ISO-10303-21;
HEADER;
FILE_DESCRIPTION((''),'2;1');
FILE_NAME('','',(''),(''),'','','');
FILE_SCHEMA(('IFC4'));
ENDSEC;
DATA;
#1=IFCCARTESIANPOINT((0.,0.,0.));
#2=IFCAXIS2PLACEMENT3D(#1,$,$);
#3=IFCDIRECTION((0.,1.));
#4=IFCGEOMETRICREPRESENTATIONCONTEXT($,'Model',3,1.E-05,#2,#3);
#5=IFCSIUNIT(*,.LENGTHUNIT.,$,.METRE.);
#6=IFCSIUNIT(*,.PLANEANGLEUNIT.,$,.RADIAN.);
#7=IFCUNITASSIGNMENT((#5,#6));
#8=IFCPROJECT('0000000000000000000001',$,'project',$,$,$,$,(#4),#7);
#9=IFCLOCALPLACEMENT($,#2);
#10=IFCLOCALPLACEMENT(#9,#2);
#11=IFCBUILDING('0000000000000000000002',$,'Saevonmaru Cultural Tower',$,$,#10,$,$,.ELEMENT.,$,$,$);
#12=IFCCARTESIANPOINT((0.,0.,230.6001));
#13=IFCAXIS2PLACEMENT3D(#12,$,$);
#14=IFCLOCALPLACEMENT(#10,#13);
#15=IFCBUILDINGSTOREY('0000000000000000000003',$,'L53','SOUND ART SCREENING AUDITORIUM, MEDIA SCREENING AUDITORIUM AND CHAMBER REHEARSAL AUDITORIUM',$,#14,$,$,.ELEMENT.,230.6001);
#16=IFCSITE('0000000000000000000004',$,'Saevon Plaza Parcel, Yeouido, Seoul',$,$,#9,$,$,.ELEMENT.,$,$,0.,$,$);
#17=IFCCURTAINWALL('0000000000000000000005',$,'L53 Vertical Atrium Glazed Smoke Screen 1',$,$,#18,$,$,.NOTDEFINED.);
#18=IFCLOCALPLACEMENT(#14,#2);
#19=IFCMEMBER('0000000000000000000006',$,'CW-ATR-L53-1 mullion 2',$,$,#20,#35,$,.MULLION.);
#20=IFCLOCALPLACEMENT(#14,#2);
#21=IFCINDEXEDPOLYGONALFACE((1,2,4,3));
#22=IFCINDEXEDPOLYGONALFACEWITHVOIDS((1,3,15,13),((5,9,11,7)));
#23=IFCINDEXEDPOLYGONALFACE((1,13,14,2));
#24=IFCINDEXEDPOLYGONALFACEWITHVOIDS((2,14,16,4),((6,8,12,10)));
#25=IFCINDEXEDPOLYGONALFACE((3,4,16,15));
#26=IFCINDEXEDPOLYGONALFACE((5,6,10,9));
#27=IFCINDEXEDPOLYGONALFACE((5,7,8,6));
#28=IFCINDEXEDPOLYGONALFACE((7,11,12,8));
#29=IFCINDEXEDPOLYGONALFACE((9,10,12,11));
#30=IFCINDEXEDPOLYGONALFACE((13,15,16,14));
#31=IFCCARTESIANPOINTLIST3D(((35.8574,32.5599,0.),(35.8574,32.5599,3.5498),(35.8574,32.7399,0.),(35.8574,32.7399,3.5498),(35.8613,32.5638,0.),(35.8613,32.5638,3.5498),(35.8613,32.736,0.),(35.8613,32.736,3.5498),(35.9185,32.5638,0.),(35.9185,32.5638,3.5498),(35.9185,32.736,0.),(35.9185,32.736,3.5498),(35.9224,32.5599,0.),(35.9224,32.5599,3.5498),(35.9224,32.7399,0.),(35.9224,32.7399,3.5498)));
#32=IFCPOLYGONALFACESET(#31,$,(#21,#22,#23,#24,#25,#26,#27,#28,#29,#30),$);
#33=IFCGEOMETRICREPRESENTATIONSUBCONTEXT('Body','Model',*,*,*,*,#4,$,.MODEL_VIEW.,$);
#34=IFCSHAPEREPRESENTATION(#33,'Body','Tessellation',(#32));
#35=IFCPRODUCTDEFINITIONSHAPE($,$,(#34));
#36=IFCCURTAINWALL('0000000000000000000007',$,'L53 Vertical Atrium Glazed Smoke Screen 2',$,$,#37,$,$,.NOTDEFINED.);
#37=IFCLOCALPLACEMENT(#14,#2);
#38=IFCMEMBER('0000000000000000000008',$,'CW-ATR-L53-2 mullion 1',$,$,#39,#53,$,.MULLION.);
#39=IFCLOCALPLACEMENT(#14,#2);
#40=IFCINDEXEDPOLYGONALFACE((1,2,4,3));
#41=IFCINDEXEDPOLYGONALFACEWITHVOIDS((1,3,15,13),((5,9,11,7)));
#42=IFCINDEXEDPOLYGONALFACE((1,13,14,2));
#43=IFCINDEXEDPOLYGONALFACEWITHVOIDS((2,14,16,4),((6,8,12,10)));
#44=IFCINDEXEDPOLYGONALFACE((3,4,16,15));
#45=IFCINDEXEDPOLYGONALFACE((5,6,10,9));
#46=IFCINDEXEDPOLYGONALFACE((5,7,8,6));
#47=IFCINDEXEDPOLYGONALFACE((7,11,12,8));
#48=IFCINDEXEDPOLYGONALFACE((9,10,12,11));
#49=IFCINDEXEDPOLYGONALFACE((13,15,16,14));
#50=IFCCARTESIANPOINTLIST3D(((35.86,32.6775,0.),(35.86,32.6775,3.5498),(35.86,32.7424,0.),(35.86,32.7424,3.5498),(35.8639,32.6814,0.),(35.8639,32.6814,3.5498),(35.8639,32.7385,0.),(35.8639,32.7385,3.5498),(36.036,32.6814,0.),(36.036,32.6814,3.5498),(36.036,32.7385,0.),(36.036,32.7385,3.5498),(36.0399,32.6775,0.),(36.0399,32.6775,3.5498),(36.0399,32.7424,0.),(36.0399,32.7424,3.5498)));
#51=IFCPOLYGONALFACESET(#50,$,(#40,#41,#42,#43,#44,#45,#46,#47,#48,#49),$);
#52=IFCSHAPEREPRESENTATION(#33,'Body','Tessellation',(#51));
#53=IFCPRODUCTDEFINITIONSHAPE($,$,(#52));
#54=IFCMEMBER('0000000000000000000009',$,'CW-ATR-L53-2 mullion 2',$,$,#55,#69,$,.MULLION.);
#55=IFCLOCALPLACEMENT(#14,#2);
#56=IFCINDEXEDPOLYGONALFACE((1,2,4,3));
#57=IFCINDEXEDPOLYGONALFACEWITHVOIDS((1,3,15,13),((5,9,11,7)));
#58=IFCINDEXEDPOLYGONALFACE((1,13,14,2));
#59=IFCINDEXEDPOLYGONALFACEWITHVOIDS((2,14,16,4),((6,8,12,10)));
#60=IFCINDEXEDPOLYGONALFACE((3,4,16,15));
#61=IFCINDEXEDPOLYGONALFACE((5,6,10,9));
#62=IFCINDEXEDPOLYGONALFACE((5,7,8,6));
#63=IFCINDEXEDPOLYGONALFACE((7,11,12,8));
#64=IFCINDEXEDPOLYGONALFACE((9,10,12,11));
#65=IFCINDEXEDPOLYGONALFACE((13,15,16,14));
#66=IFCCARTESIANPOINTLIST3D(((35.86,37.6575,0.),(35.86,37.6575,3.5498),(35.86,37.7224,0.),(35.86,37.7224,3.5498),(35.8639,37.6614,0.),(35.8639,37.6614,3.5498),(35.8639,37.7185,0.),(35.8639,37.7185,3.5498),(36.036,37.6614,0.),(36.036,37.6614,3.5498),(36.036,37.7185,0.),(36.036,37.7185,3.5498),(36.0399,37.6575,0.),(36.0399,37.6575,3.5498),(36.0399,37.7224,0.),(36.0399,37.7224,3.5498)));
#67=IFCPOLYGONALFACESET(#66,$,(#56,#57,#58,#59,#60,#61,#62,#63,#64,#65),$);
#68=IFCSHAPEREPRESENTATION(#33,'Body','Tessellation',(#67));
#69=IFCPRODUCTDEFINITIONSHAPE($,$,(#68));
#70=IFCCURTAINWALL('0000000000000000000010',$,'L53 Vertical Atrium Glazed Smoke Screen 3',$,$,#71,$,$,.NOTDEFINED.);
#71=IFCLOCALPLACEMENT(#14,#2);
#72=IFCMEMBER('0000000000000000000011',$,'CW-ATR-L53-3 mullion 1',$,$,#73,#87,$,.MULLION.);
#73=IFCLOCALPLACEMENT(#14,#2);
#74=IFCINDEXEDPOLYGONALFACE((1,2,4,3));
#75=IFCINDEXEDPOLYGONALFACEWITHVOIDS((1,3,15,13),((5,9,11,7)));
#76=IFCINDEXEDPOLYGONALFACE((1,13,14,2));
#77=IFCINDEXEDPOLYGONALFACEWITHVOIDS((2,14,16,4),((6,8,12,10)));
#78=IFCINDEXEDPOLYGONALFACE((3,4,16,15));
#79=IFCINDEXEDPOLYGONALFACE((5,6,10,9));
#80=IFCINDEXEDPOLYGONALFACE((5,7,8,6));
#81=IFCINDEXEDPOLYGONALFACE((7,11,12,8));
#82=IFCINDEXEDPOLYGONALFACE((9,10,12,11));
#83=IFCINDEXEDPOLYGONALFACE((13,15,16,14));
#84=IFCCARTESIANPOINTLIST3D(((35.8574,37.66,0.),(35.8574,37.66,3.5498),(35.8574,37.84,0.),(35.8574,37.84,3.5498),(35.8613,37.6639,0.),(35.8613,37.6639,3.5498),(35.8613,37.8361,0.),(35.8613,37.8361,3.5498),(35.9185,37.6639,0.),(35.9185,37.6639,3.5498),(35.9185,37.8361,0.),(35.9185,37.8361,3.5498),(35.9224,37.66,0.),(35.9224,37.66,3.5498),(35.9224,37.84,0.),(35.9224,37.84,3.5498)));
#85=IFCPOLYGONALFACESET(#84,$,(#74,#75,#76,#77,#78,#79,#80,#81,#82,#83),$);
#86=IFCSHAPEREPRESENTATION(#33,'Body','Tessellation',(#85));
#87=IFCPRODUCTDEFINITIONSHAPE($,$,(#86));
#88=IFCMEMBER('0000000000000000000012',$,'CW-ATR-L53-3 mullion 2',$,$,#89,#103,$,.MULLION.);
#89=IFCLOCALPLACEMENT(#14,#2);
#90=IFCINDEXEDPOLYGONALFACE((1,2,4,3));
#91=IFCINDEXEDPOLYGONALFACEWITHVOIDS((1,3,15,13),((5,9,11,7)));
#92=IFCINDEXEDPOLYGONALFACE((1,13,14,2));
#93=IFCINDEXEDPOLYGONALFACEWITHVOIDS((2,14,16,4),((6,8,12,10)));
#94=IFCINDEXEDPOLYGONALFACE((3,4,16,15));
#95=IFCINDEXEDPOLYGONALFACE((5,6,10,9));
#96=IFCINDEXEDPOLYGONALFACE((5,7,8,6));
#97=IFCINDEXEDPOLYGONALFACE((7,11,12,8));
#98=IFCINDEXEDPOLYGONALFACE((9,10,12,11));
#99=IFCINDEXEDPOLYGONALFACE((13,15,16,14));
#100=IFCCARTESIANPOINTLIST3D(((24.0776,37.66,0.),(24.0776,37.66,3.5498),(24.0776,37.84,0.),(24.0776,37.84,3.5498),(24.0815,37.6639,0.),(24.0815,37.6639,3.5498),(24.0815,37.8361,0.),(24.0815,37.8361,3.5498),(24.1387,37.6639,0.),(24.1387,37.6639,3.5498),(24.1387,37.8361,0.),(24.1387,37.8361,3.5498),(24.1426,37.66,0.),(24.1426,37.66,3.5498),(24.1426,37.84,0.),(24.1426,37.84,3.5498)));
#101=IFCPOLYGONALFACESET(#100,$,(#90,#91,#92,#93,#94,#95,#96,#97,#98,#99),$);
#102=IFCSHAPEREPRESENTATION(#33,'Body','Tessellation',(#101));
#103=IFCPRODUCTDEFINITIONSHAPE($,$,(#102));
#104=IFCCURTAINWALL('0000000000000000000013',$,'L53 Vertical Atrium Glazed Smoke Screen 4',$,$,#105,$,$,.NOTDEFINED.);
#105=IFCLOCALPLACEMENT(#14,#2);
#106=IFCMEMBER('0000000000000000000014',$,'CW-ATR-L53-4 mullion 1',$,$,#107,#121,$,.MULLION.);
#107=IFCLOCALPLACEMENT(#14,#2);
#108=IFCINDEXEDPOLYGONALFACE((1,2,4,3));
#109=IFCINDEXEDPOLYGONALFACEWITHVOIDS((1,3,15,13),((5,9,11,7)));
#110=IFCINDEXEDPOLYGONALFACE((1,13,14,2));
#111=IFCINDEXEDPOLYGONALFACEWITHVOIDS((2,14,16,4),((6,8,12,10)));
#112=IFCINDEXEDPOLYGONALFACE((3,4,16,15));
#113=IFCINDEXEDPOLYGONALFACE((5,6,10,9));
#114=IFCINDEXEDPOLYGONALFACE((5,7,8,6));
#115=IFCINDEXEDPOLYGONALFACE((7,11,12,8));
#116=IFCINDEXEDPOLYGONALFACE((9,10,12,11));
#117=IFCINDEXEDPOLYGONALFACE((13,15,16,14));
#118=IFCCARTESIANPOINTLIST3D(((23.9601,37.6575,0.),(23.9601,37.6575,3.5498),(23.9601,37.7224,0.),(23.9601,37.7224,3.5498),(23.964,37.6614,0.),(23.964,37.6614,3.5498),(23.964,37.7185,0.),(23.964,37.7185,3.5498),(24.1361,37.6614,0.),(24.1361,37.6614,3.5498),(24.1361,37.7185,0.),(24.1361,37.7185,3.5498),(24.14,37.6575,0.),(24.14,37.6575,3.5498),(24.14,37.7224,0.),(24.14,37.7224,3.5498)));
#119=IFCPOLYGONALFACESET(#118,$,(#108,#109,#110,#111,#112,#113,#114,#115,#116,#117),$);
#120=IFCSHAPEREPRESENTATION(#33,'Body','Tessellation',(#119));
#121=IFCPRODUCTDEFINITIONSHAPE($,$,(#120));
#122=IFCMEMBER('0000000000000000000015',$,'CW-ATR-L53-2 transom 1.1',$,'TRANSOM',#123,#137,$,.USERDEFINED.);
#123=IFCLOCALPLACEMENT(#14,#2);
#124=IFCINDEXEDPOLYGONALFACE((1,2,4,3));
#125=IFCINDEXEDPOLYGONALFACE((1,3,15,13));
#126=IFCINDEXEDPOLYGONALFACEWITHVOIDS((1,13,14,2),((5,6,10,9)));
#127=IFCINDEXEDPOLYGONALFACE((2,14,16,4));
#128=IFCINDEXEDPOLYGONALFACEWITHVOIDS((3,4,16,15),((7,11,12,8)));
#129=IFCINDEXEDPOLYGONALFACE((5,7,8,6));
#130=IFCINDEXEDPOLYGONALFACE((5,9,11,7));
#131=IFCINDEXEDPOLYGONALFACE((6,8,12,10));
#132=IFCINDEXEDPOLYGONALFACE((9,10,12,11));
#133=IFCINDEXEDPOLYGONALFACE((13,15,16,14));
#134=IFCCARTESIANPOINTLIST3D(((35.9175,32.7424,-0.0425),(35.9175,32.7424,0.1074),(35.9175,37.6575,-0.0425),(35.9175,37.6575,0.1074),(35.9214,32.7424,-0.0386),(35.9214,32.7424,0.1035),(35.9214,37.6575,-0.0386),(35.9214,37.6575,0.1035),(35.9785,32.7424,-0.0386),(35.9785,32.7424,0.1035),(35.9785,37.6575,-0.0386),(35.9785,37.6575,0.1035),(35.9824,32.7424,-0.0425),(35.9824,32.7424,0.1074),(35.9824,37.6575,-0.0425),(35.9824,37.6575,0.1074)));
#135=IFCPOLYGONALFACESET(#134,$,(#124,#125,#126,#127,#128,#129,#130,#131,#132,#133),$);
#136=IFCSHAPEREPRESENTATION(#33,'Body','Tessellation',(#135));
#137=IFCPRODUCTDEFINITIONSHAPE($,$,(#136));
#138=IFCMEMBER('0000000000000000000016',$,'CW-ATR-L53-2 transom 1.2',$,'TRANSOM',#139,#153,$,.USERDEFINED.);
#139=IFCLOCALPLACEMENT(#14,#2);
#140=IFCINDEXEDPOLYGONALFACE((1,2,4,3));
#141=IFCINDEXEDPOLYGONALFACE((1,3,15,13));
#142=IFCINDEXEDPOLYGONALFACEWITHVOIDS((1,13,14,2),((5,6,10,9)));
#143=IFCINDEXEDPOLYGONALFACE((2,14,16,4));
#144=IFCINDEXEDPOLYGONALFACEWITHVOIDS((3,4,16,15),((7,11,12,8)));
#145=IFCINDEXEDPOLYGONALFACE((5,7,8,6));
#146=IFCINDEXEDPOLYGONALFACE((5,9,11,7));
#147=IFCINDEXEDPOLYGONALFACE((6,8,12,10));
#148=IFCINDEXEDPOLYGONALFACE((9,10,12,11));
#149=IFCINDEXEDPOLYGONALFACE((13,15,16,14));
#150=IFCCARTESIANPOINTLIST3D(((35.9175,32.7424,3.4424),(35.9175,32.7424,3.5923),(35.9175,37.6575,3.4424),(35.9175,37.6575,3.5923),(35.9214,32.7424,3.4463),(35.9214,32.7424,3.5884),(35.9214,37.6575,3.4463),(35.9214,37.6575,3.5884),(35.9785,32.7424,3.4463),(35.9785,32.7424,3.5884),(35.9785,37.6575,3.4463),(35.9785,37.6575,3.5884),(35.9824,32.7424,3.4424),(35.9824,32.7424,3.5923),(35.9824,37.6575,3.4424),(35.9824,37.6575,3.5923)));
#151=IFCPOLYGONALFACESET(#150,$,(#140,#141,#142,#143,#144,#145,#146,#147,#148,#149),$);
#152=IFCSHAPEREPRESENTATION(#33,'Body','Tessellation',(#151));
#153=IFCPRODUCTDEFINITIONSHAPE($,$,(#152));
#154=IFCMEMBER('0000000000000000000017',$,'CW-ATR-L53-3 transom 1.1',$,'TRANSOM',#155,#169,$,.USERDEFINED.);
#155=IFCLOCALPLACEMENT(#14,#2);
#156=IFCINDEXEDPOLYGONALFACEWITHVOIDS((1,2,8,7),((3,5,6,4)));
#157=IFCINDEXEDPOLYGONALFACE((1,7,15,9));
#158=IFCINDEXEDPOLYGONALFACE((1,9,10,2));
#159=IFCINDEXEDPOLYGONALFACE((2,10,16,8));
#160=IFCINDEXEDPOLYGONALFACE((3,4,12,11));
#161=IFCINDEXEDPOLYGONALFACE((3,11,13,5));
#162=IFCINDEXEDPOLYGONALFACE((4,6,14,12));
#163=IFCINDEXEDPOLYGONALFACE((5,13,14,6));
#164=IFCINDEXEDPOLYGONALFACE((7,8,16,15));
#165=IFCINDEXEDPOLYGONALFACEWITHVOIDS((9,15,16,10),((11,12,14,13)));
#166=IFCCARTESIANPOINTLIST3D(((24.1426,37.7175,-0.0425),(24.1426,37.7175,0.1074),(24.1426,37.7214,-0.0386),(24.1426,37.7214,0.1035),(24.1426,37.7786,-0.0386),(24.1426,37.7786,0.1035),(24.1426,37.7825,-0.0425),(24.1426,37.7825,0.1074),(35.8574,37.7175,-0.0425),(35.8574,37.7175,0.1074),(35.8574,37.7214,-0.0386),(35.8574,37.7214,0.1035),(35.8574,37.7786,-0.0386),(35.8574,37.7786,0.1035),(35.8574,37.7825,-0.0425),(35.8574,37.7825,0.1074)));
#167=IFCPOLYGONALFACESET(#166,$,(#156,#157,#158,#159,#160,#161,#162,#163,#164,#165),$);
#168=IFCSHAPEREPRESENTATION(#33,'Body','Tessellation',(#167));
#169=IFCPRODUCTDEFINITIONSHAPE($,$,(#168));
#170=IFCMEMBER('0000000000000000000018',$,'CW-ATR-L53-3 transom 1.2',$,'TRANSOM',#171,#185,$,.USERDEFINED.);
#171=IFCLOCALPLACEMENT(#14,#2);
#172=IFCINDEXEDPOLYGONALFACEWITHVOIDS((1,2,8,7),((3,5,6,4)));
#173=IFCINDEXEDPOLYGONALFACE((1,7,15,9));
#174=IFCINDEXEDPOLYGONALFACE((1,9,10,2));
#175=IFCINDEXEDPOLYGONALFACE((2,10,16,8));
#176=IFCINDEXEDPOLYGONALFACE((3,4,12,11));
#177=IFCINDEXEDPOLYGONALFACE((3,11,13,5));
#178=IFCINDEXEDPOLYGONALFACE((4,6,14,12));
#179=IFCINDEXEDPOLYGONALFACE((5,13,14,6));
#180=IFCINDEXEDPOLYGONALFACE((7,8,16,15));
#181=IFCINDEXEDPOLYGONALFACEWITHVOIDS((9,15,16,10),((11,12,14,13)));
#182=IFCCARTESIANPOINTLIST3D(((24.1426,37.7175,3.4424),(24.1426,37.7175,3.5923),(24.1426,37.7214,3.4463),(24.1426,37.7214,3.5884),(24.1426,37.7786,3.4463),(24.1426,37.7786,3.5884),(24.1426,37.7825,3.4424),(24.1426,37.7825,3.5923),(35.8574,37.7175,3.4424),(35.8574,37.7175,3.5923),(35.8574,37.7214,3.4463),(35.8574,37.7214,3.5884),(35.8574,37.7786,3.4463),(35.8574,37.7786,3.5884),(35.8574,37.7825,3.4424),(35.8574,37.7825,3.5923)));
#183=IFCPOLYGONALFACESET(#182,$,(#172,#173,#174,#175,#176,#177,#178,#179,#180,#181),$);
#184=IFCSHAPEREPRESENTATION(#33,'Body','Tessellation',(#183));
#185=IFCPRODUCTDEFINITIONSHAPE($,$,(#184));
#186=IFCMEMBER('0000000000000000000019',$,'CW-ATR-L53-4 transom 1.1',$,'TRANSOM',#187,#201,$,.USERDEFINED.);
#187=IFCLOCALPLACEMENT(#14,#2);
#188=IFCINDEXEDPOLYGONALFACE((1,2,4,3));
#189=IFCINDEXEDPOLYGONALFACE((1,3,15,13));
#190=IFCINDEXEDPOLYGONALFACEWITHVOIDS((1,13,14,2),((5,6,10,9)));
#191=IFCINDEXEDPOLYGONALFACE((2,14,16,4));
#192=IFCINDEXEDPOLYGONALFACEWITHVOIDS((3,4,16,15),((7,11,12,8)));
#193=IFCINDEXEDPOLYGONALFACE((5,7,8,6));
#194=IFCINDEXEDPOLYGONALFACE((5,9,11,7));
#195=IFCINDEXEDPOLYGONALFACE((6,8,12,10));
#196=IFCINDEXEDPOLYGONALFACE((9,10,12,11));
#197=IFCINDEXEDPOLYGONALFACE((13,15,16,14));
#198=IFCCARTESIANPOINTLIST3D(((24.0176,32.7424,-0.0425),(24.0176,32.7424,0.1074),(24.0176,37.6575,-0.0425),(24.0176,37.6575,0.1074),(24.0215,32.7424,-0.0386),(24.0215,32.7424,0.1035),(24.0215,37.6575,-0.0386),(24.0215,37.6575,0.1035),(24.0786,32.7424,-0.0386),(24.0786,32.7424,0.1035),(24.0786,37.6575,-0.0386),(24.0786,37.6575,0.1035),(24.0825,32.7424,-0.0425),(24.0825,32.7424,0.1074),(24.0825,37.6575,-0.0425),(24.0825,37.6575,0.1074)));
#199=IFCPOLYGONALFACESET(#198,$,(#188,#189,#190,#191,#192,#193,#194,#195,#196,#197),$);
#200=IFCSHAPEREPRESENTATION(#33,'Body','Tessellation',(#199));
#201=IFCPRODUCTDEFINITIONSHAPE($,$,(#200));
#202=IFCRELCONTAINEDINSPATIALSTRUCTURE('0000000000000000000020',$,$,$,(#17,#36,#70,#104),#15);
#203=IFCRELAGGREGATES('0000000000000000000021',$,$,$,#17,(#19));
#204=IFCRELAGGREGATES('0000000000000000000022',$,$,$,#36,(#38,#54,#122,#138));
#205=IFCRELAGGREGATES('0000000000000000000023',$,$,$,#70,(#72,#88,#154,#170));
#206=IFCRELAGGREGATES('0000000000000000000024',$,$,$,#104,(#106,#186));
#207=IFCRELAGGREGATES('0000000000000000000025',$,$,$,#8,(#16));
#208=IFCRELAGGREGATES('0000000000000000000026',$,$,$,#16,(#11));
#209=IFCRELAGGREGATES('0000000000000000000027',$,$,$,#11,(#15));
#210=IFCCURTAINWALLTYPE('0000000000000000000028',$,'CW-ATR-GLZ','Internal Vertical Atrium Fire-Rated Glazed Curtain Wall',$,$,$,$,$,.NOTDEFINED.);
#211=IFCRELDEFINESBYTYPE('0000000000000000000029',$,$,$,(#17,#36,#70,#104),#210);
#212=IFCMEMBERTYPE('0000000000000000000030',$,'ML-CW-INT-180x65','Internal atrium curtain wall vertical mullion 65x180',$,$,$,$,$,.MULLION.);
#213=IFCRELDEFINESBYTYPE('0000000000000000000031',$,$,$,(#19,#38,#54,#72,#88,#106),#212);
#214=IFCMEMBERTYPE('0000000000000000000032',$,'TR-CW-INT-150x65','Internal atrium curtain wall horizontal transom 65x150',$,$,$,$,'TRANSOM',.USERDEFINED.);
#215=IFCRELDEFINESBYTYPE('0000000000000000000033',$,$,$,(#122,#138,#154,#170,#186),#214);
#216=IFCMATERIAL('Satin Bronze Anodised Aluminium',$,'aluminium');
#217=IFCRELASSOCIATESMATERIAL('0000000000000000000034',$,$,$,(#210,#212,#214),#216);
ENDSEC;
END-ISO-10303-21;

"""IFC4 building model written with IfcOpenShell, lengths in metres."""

from ifc_helpers import new_model, si_unit, direction, frame, origin, origin_2d, place, context, subcontext, project, spatial, hollow_rectangle, extrude, material, material_profile, profile_set, type_object, element, aggregate, save


model = new_model("IFC4")

# Units and contexts
model_context = context("Model", 3, precision=1e-05, world=origin(), true_north=direction((0.0, 1.0)))
body_context = subcontext(model_context, "Body", "Model", "MODEL_VIEW")
ifc_project = project(units=[si_unit("LENGTHUNIT", "METRE"), si_unit("PLANEANGLEUNIT", "RADIAN")], contexts=[model_context])

# Site, building, storey
site_placement = place(None, origin())
site = spatial("IfcSite", under=ifc_project, at=site_placement, Name="Saevon Plaza Parcel, Yeouido, Seoul", CompositionType="ELEMENT", RefElevation=0.0)
building_placement = place(site_placement, origin())
building = spatial("IfcBuilding", under=site, at=building_placement, Name="Saevonmaru Cultural Tower", CompositionType="ELEMENT")
storey_placement = place(building_placement, frame((0.0, 0.0, 230.6001)))
storey = spatial("IfcBuildingStorey", under=building, at=storey_placement, Name="L53", Description="SOUND ART SCREENING AUDITORIUM, MEDIA SCREENING AUDITORIUM AND CHAMBER REHEARSAL AUDITORIUM", CompositionType="ELEMENT", Elevation=230.6001)

# Curtain wall, member
ifc_material_1 = material(Name="Satin Bronze Anodised Aluminium", Category="aluminium")
curtain_wall_type = type_object("IfcCurtainWallType", Name="CW-ATR-GLZ", Description="Internal Vertical Atrium Fire-Rated Glazed Curtain Wall", PredefinedType="NOTDEFINED", material=ifc_material_1)
curtain_wall_1_placement = place(storey_placement, origin())
curtain_wall_1 = element("IfcCurtainWall", 1, at=curtain_wall_1_placement, inside=storey, type_object=curtain_wall_type, Name="L53 Vertical Atrium Glazed Smoke Screen 1", PredefinedType="NOTDEFINED")
ifc_material_profile_1 = material_profile(ifc_material_1, hollow_rectangle(XDim=0.0649, YDim=0.1799, WallThickness=0.0039, at=origin_2d()), Name="ALU-MULL-180x65x4")
ifc_profile_set_1 = profile_set([ifc_material_profile_1], Name="Satin Bronze Anodised Aluminium")
member_type_1 = type_object("IfcMemberType", Name="ML-CW-INT-180x65", Description="Internal atrium curtain wall vertical mullion 65x180", PredefinedType="MULLION", material=ifc_profile_set_1)
member_1_placement = place(storey_placement, frame((35.8899, 32.6499, 0.0), z_axis=(0.0, 0.0, 1.0), x_axis=(1.0, 0.0, 0.0)))
member_1 = element("IfcMember", 2, at=member_1_placement, type_object=member_type_1, Name="CW-ATR-L53-1 mullion 2", PredefinedType="MULLION", context=body_context, shape_type="SweptSolid", body=[
    extrude(hollow_rectangle(XDim=0.0649, YDim=0.1799, WallThickness=0.0039, at=origin_2d()), origin(), (0.0, 0.0, 1.0), 3.5498),
])

# Curtain walls, members
curtain_wall_2_placement = place(storey_placement, origin())
curtain_wall_2 = element("IfcCurtainWall", 3, at=curtain_wall_2_placement, inside=storey, type_object=curtain_wall_type, Name="L53 Vertical Atrium Glazed Smoke Screen 2", PredefinedType="NOTDEFINED")
member_2_placement = place(storey_placement, frame((35.95, 32.71, 0.0), z_axis=(0.0, 0.0, 1.0), x_axis=(0.0, 1.0, 0.0)))
member_2 = element("IfcMember", 4, at=member_2_placement, type_object=member_type_1, Name="CW-ATR-L53-2 mullion 1", PredefinedType="MULLION", context=body_context, shape_type="SweptSolid", body=[
    extrude(hollow_rectangle(XDim=0.0649, YDim=0.1799, WallThickness=0.0039, at=origin_2d()), origin(), (0.0, 0.0, 1.0), 3.5498),
])
member_3_placement = place(storey_placement, frame((35.95, 37.6899, 0.0), z_axis=(0.0, 0.0, 1.0), x_axis=(0.0, 1.0, 0.0)))
member_3 = element("IfcMember", 5, at=member_3_placement, type_object=member_type_1, Name="CW-ATR-L53-2 mullion 2", PredefinedType="MULLION", context=body_context, shape_type="SweptSolid", body=[
    extrude(hollow_rectangle(XDim=0.0649, YDim=0.1799, WallThickness=0.0039, at=origin_2d()), origin(), (0.0, 0.0, 1.0), 3.5498),
])
curtain_wall_3_placement = place(storey_placement, origin())
curtain_wall_3 = element("IfcCurtainWall", 6, at=curtain_wall_3_placement, inside=storey, type_object=curtain_wall_type, Name="L53 Vertical Atrium Glazed Smoke Screen 3", PredefinedType="NOTDEFINED")
member_4_placement = place(storey_placement, frame((35.8899, 37.75, 0.0), z_axis=(0.0, 0.0, 1.0), x_axis=(-1.0, 0.0, 0.0)))
member_4 = element("IfcMember", 7, at=member_4_placement, type_object=member_type_1, Name="CW-ATR-L53-3 mullion 1", PredefinedType="MULLION", context=body_context, shape_type="SweptSolid", body=[
    extrude(hollow_rectangle(XDim=0.0649, YDim=0.1799, WallThickness=0.0039, at=origin_2d()), origin(), (0.0, 0.0, 1.0), 3.5498),
])
member_5_placement = place(storey_placement, frame((24.1101, 37.75, 0.0), z_axis=(0.0, 0.0, 1.0), x_axis=(-1.0, 0.0, 0.0)))
member_5 = element("IfcMember", 8, at=member_5_placement, type_object=member_type_1, Name="CW-ATR-L53-3 mullion 2", PredefinedType="MULLION", context=body_context, shape_type="SweptSolid", body=[
    extrude(hollow_rectangle(XDim=0.0649, YDim=0.1799, WallThickness=0.0039, at=origin_2d()), origin(), (0.0, 0.0, 1.0), 3.5498),
])

# Curtain wall, member
curtain_wall_4_placement = place(storey_placement, origin())
curtain_wall_4 = element("IfcCurtainWall", 9, at=curtain_wall_4_placement, inside=storey, type_object=curtain_wall_type, Name="L53 Vertical Atrium Glazed Smoke Screen 4", PredefinedType="NOTDEFINED")
member_6_placement = place(storey_placement, frame((24.05, 37.6899, 0.0), z_axis=(0.0, 0.0, 1.0), x_axis=(0.0, -1.0, 0.0)))
member_6 = element("IfcMember", 10, at=member_6_placement, type_object=member_type_1, Name="CW-ATR-L53-4 mullion 1", PredefinedType="MULLION", context=body_context, shape_type="SweptSolid", body=[
    extrude(hollow_rectangle(XDim=0.0649, YDim=0.1799, WallThickness=0.0039, at=origin_2d()), origin(), (0.0, 0.0, 1.0), 3.5498),
])

# Members
ifc_material_profile_2 = material_profile(ifc_material_1, hollow_rectangle(XDim=0.0649, YDim=0.1499, WallThickness=0.0039, at=origin_2d()), Name="ALU-TRAN-150x65x4")
ifc_profile_set_2 = profile_set([ifc_material_profile_2], Name="Satin Bronze Anodised Aluminium")
member_type_2 = type_object("IfcMemberType", Name="TR-CW-INT-150x65", Description="Internal atrium curtain wall horizontal transom 65x150", ElementType="TRANSOM", PredefinedType="USERDEFINED", material=ifc_profile_set_2)
member_7_placement = place(storey_placement, frame((35.95, 32.7424, 0.0325), z_axis=(0.0, 1.0, 0.0), x_axis=(-1.0, 0.0, 0.0)))
member_7 = element("IfcMember", 11, at=member_7_placement, type_object=member_type_2, Name="CW-ATR-L53-2 transom 1.1", ObjectType="TRANSOM", PredefinedType="USERDEFINED", context=body_context, shape_type="SweptSolid", body=[
    extrude(hollow_rectangle(XDim=0.0649, YDim=0.1499, WallThickness=0.0039, at=origin_2d()), origin(), (0.0, 0.0, 1.0), 4.915),
])
member_8_placement = place(storey_placement, frame((35.95, 32.7424, 3.5173), z_axis=(0.0, 1.0, 0.0), x_axis=(-1.0, 0.0, 0.0)))
member_8 = element("IfcMember", 12, at=member_8_placement, type_object=member_type_2, Name="CW-ATR-L53-2 transom 1.2", ObjectType="TRANSOM", PredefinedType="USERDEFINED", context=body_context, shape_type="SweptSolid", body=[
    extrude(hollow_rectangle(XDim=0.0649, YDim=0.1499, WallThickness=0.0039, at=origin_2d()), origin(), (0.0, 0.0, 1.0), 4.915),
])
member_9_placement = place(storey_placement, frame((35.8574, 37.75, 0.0325), z_axis=(-1.0, 0.0, 0.0), x_axis=(0.0, -1.0, 0.0)))
member_9 = element("IfcMember", 13, at=member_9_placement, type_object=member_type_2, Name="CW-ATR-L53-3 transom 1.1", ObjectType="TRANSOM", PredefinedType="USERDEFINED", context=body_context, shape_type="SweptSolid", body=[
    extrude(hollow_rectangle(XDim=0.0649, YDim=0.1499, WallThickness=0.0039, at=origin_2d()), origin(), (0.0, 0.0, 1.0), 11.7148),
])
member_10_placement = place(storey_placement, frame((35.8574, 37.75, 3.5173), z_axis=(-1.0, 0.0, 0.0), x_axis=(0.0, -1.0, 0.0)))
member_10 = element("IfcMember", 14, at=member_10_placement, type_object=member_type_2, Name="CW-ATR-L53-3 transom 1.2", ObjectType="TRANSOM", PredefinedType="USERDEFINED", context=body_context, shape_type="SweptSolid", body=[
    extrude(hollow_rectangle(XDim=0.0649, YDim=0.1499, WallThickness=0.0039, at=origin_2d()), origin(), (0.0, 0.0, 1.0), 11.7148),
])
member_11_placement = place(storey_placement, frame((24.05, 37.6575, 0.0325), z_axis=(0.0, -1.0, 0.0), x_axis=(1.0, 0.0, 0.0)))
member_11 = element("IfcMember", 15, at=member_11_placement, type_object=member_type_2, Name="CW-ATR-L53-4 transom 1.1", ObjectType="TRANSOM", PredefinedType="USERDEFINED", context=body_context, shape_type="SweptSolid", body=[
    extrude(hollow_rectangle(XDim=0.0649, YDim=0.1499, WallThickness=0.0039, at=origin_2d()), origin(), (0.0, 0.0, 1.0), 4.915),
])

aggregate(curtain_wall_1, [member_1])
aggregate(curtain_wall_2, [member_2, member_3, member_7, member_8])
aggregate(curtain_wall_3, [member_4, member_5, member_9, member_10])
aggregate(curtain_wall_4, [member_6, member_11])

save(model, "model.ifc")
